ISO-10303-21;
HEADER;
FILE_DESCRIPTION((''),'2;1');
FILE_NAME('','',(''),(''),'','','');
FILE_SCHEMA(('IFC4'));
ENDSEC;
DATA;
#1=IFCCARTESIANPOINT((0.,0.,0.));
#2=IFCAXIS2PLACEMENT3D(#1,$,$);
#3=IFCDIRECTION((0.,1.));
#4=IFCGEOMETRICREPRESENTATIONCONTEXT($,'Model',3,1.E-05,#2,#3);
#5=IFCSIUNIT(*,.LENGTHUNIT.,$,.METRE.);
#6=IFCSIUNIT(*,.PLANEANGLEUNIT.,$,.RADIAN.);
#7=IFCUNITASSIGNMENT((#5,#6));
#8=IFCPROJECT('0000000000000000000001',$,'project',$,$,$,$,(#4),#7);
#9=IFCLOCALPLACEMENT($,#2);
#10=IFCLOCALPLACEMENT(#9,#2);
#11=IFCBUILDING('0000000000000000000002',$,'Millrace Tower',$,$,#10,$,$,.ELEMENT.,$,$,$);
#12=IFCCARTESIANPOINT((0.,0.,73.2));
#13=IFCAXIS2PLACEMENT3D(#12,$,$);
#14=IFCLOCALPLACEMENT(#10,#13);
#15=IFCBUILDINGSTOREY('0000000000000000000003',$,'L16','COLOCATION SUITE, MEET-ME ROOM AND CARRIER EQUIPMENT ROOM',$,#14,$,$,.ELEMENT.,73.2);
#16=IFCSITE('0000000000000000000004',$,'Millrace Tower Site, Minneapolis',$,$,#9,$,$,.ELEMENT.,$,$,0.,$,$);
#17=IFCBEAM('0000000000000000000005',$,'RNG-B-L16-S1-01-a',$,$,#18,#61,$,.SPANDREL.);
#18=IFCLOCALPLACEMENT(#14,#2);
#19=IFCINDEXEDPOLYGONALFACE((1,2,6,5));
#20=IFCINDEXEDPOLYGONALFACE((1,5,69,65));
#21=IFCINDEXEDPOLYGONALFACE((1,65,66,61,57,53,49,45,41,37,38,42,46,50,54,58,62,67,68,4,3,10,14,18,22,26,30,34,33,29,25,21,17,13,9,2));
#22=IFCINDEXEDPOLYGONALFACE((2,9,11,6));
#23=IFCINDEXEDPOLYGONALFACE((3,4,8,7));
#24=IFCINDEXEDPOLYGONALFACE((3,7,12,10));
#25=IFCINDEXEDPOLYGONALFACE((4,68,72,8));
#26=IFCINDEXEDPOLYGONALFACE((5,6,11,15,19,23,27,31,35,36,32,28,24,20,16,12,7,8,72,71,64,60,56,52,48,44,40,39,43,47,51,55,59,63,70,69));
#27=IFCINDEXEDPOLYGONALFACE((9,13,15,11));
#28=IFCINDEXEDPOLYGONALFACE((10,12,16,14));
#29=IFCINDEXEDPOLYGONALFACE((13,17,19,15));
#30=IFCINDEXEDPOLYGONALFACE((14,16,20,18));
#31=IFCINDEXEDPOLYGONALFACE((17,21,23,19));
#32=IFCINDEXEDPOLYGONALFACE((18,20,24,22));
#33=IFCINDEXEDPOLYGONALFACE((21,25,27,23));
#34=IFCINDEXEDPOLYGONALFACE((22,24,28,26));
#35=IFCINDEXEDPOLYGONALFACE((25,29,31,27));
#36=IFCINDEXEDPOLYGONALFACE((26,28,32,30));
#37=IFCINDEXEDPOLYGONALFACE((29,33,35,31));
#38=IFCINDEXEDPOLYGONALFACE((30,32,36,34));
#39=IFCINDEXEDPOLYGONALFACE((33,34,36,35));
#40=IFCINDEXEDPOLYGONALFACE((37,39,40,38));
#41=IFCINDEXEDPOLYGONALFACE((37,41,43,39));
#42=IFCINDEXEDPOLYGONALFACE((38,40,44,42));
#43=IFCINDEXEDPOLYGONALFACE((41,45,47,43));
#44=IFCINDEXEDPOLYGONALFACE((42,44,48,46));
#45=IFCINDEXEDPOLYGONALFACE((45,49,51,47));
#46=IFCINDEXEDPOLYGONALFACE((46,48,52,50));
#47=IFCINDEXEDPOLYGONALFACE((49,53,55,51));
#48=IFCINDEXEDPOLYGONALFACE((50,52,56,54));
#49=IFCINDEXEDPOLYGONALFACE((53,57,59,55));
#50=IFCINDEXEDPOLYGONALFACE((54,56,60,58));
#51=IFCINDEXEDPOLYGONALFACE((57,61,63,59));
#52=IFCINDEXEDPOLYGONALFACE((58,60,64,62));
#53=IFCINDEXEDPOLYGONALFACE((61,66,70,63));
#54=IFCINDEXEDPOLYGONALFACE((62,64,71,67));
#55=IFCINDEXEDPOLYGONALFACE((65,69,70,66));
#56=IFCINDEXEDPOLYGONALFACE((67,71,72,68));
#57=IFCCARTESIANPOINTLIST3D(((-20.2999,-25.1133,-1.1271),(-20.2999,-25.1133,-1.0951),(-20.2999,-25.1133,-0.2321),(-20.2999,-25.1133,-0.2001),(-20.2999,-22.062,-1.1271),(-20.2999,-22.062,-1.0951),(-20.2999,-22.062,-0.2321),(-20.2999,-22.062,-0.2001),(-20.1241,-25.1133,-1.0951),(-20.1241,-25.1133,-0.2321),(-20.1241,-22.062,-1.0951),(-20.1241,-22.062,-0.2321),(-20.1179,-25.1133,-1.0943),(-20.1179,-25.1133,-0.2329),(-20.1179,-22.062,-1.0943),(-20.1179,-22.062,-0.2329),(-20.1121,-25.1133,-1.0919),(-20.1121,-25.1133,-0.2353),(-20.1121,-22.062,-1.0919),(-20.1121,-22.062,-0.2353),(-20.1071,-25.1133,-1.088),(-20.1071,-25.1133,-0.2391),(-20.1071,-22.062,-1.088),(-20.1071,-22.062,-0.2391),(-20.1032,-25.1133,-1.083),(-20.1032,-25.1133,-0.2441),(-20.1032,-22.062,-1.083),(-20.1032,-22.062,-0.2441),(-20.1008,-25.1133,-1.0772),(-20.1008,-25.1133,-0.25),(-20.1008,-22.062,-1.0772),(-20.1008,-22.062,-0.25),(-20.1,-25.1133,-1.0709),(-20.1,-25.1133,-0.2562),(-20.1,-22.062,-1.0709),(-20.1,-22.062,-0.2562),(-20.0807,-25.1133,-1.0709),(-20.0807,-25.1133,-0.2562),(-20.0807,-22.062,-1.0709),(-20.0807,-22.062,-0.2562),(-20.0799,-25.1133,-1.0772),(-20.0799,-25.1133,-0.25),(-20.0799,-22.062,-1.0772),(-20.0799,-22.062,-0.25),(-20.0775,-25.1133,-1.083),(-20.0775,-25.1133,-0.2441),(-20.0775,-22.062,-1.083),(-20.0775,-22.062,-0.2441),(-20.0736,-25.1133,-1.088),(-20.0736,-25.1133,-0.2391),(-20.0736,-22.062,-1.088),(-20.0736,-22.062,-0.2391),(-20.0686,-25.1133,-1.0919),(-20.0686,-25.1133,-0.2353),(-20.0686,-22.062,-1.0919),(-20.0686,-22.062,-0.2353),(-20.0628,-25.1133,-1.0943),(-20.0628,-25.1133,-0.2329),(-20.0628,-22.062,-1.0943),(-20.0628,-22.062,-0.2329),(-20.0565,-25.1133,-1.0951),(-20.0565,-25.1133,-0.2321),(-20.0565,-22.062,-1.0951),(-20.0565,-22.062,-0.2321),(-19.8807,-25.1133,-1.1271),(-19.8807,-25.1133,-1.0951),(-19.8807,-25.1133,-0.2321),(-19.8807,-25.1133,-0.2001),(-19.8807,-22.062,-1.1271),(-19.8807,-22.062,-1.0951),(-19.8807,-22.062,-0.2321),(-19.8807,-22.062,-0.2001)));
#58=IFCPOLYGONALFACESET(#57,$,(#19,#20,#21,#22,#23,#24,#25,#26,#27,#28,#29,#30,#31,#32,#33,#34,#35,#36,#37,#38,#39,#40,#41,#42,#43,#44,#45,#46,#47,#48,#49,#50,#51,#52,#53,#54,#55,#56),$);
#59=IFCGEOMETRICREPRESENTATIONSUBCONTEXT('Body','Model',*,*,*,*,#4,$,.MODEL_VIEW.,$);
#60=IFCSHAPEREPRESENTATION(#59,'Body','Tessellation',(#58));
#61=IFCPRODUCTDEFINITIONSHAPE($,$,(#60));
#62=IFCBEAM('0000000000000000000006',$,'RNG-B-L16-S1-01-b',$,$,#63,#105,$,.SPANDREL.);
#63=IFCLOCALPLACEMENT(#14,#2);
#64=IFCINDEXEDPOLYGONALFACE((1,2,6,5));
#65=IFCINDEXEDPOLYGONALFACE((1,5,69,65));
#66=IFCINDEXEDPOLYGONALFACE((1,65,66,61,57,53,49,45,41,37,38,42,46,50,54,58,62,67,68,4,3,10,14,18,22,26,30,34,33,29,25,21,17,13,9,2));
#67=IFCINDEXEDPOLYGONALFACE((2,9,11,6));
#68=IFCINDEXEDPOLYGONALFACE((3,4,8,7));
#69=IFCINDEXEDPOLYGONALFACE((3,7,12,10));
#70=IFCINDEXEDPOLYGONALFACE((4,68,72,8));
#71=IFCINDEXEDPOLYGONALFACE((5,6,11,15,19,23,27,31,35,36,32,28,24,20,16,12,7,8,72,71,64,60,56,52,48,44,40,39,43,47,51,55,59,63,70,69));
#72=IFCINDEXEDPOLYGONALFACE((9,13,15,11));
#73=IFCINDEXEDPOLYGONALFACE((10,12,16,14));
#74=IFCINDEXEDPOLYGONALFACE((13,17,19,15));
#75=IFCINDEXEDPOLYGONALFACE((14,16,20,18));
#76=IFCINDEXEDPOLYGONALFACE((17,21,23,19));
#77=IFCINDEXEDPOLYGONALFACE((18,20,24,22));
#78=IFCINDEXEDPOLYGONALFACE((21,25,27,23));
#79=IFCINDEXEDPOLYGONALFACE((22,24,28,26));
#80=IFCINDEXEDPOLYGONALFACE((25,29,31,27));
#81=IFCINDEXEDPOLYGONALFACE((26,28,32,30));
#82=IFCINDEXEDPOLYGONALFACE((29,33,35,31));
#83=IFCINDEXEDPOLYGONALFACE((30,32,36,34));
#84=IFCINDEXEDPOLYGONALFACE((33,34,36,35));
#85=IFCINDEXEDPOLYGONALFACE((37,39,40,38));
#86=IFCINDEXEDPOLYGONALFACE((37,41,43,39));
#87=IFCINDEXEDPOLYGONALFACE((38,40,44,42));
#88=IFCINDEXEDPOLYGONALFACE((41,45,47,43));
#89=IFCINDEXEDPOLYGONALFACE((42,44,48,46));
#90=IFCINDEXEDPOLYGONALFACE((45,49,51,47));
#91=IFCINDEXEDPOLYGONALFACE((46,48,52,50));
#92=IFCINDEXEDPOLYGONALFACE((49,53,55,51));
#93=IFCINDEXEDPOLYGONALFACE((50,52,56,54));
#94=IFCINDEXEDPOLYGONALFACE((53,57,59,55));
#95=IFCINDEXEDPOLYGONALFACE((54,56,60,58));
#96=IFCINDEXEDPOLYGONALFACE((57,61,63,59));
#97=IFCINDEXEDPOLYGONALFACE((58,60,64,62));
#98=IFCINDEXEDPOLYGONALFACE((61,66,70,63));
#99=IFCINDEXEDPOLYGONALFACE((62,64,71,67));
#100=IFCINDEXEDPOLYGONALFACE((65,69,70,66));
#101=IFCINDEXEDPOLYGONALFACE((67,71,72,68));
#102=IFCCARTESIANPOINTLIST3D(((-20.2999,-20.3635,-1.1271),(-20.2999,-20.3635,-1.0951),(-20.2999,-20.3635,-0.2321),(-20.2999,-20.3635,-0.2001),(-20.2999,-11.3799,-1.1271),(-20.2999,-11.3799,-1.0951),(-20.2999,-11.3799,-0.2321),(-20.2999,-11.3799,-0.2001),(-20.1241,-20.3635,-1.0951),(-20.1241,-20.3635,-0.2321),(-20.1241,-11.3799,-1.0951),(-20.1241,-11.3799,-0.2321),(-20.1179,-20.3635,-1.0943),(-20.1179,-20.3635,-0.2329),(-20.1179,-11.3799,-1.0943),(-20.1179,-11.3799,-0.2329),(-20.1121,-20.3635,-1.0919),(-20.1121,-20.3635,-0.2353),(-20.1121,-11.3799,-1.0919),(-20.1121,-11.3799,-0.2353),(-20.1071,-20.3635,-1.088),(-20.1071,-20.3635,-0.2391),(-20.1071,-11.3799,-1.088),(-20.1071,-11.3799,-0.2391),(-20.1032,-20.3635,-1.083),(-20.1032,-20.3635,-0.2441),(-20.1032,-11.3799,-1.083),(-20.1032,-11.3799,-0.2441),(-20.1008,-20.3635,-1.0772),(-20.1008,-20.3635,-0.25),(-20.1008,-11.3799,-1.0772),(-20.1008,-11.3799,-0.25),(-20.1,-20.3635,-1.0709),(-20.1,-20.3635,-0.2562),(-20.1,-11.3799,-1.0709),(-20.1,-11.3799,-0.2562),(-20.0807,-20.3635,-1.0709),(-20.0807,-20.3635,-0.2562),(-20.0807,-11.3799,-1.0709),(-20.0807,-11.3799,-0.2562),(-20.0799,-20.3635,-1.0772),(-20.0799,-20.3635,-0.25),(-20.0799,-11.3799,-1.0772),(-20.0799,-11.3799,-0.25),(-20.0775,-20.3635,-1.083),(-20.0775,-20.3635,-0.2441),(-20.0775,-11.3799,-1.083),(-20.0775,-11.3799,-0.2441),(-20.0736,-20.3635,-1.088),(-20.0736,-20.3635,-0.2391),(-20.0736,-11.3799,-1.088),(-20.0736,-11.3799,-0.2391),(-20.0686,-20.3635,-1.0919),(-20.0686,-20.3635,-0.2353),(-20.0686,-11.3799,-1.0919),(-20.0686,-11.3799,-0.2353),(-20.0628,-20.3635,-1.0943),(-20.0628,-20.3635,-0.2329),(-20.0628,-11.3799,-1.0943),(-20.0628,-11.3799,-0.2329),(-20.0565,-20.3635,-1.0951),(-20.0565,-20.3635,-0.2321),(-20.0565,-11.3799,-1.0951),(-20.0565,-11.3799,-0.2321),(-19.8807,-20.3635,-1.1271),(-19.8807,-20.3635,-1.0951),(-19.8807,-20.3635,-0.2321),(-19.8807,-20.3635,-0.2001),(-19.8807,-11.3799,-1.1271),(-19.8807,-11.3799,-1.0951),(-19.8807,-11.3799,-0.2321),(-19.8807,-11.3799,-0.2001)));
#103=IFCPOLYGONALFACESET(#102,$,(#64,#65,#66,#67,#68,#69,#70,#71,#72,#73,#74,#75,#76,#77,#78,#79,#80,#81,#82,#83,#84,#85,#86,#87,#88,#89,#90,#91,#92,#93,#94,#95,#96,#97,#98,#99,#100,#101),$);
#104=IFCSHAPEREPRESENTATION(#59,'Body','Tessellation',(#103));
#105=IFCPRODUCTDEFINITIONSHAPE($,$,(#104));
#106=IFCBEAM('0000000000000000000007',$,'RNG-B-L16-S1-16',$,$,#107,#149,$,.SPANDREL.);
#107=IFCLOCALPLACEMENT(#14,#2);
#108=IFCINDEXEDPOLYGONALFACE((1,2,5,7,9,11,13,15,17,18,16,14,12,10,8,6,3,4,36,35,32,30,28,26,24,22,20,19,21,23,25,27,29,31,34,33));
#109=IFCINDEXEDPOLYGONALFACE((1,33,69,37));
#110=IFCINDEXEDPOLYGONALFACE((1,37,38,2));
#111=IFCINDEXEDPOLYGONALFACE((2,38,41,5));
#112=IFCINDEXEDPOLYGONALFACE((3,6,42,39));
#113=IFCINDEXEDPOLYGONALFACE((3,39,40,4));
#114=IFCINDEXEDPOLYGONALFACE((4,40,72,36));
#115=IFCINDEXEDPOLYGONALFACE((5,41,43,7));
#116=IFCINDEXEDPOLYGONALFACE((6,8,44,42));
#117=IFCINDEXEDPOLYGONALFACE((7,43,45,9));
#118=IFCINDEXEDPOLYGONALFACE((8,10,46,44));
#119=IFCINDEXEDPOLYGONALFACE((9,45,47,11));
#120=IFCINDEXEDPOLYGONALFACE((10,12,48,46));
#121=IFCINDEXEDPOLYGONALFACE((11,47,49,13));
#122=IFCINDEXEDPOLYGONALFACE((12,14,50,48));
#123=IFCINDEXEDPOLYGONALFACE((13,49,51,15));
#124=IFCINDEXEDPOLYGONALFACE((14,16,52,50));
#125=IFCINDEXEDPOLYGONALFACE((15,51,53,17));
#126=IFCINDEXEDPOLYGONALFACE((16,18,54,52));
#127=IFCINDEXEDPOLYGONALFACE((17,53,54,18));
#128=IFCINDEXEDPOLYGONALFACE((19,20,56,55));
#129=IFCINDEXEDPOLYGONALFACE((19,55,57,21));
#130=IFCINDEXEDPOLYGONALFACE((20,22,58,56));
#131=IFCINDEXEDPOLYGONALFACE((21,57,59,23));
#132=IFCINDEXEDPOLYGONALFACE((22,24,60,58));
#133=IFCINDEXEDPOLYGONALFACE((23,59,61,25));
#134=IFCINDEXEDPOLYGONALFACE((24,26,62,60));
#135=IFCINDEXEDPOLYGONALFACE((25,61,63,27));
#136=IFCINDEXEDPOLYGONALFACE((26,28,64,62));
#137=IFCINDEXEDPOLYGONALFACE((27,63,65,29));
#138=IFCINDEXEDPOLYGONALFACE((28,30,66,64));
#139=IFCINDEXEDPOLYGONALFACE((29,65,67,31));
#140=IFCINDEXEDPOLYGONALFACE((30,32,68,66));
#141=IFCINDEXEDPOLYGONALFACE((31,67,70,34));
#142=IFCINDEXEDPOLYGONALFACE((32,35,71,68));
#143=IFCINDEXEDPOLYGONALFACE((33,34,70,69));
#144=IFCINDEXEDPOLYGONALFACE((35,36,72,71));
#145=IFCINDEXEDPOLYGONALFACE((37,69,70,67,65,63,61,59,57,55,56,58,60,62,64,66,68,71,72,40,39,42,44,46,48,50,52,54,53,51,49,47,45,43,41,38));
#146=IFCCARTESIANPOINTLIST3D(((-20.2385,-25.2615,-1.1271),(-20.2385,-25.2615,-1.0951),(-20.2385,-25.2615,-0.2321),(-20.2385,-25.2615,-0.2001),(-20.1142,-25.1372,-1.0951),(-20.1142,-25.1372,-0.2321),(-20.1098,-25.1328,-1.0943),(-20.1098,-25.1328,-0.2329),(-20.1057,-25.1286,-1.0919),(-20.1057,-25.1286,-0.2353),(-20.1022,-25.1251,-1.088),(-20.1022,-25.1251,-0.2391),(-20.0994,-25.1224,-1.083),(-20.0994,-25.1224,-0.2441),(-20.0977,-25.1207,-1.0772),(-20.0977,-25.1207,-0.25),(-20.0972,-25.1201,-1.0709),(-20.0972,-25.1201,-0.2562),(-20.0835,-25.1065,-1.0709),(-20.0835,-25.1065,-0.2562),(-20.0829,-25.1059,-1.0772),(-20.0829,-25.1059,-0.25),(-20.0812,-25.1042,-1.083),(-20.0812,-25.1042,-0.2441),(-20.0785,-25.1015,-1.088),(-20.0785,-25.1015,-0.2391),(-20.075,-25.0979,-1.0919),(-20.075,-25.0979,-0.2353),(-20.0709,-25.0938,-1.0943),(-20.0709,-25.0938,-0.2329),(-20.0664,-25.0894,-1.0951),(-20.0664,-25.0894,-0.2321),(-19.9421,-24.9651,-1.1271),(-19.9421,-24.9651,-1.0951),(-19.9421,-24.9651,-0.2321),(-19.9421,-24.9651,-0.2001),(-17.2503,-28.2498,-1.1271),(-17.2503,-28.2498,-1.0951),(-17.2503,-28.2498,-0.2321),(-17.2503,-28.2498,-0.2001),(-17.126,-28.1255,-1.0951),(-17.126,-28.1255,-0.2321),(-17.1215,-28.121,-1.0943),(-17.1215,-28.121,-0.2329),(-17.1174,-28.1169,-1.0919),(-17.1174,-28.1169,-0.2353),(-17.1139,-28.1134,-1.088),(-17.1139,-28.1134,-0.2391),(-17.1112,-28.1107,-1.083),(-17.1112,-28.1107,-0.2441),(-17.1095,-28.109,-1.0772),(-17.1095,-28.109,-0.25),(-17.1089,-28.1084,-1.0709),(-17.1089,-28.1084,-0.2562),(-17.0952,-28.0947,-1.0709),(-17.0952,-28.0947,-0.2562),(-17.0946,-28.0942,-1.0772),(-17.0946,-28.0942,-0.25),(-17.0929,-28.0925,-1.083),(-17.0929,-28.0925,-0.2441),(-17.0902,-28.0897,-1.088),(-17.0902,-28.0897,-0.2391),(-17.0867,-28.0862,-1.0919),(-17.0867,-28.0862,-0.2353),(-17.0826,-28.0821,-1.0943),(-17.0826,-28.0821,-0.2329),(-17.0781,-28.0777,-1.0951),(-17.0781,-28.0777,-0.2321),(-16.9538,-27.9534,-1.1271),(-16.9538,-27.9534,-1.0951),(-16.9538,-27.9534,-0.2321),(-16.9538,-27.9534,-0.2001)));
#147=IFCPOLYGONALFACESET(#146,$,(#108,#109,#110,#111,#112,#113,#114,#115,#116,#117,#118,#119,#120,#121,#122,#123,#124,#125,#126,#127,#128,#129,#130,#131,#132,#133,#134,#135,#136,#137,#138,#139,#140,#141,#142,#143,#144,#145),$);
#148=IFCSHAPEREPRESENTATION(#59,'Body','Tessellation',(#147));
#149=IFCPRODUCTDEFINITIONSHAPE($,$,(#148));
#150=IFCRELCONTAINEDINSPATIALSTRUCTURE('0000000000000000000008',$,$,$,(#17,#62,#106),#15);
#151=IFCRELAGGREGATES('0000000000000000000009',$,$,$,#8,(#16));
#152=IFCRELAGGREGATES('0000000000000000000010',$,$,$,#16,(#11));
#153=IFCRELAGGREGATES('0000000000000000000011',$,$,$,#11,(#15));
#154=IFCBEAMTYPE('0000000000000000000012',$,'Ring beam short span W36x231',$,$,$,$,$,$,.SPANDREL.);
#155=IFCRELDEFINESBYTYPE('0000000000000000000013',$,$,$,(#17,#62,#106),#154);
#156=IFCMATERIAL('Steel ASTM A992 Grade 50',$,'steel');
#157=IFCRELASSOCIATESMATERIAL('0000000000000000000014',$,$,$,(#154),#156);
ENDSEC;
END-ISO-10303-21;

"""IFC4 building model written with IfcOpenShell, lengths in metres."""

from ifc_helpers import new_model, si_unit, direction, frame, origin, origin_2d, place, context, subcontext, project, spatial, i_section, extrude, material, material_profile, profile_set, type_object, element, save


model = new_model("IFC4")

# Units and contexts
model_context = context("Model", 3, precision=1e-05, world=origin(), true_north=direction((0.0, 1.0)))
body_context = subcontext(model_context, "Body", "Model", "MODEL_VIEW")
ifc_project = project(units=[si_unit("LENGTHUNIT", "METRE"), si_unit("PLANEANGLEUNIT", "RADIAN")], contexts=[model_context])

# Site, building, storey
site_placement = place(None, origin())
site = spatial("IfcSite", under=ifc_project, at=site_placement, Name="Millrace Tower Site, Minneapolis", CompositionType="ELEMENT", RefElevation=0.0)
building_placement = place(site_placement, origin())
building = spatial("IfcBuilding", under=site, at=building_placement, Name="Millrace Tower", CompositionType="ELEMENT")
storey_placement = place(building_placement, frame((0.0, 0.0, 73.2)))
storey = spatial("IfcBuildingStorey", under=building, at=storey_placement, Name="L16", Description="COLOCATION SUITE, MEET-ME ROOM AND CARRIER EQUIPMENT ROOM", CompositionType="ELEMENT", Elevation=73.2)

# Beams
ifc_material_1 = material(Name="Steel ASTM A992 Grade 50", Category="steel")
ifc_material_profile_1 = material_profile(ifc_material_1, i_section(OverallWidth=0.4192, OverallDepth=0.927, WebThickness=0.0193, FlangeThickness=0.032, FilletRadius=0.0242, at=origin_2d()))
ifc_profile_set_1 = profile_set([ifc_material_profile_1], Name="Steel ASTM A992 Grade 50")
beam_type_1 = type_object("IfcBeamType", Name="Ring beam short span W36x231", PredefinedType="SPANDREL", material=ifc_profile_set_1)
beam_1_placement = place(storey_placement, frame((-20.0903, -25.1133, -0.6636), z_axis=(0.0, 1.0, 0.0), x_axis=(-1.0, 0.0, 0.0)))
element("IfcBeam", 1, at=beam_1_placement, inside=storey, type_object=beam_type_1, Name="RNG-B-L16-S1-01-a", PredefinedType="SPANDREL", context=body_context, shape_type="SweptSolid", body=[
    extrude(i_section(OverallWidth=0.4192, OverallDepth=0.927, WebThickness=0.0193, FlangeThickness=0.032, FilletRadius=0.0242, at=origin_2d()), origin(), (0.0, 0.0, 1.0), 3.0513),
])
beam_2_placement = place(storey_placement, frame((-20.0903, -20.3635, -0.6636), z_axis=(0.0, 1.0, 0.0), x_axis=(-1.0, 0.0, 0.0)))
element("IfcBeam", 2, at=beam_2_placement, inside=storey, type_object=beam_type_1, Name="RNG-B-L16-S1-01-b", PredefinedType="SPANDREL", context=body_context, shape_type="SweptSolid", body=[
    extrude(i_section(OverallWidth=0.4192, OverallDepth=0.927, WebThickness=0.0193, FlangeThickness=0.032, FilletRadius=0.0242, at=origin_2d()), origin(), (0.0, 0.0, 1.0), 8.9836),
])
beam_3_placement = place(storey_placement, frame((-17.1021, -28.1016, -0.6636), z_axis=(-0.707107, 0.707107, 0.0), x_axis=(-0.707107, -0.707107, 0.0)))
element("IfcBeam", 3, at=beam_3_placement, inside=storey, type_object=beam_type_1, Name="RNG-B-L16-S1-16", PredefinedType="SPANDREL", context=body_context, shape_type="SweptSolid", body=[
    extrude(i_section(OverallWidth=0.4192, OverallDepth=0.927, WebThickness=0.0193, FlangeThickness=0.032, FilletRadius=0.0242, at=origin_2d()), origin(), (0.0, 0.0, 1.0), 4.2261),
])

save(model, "model.ifc")
